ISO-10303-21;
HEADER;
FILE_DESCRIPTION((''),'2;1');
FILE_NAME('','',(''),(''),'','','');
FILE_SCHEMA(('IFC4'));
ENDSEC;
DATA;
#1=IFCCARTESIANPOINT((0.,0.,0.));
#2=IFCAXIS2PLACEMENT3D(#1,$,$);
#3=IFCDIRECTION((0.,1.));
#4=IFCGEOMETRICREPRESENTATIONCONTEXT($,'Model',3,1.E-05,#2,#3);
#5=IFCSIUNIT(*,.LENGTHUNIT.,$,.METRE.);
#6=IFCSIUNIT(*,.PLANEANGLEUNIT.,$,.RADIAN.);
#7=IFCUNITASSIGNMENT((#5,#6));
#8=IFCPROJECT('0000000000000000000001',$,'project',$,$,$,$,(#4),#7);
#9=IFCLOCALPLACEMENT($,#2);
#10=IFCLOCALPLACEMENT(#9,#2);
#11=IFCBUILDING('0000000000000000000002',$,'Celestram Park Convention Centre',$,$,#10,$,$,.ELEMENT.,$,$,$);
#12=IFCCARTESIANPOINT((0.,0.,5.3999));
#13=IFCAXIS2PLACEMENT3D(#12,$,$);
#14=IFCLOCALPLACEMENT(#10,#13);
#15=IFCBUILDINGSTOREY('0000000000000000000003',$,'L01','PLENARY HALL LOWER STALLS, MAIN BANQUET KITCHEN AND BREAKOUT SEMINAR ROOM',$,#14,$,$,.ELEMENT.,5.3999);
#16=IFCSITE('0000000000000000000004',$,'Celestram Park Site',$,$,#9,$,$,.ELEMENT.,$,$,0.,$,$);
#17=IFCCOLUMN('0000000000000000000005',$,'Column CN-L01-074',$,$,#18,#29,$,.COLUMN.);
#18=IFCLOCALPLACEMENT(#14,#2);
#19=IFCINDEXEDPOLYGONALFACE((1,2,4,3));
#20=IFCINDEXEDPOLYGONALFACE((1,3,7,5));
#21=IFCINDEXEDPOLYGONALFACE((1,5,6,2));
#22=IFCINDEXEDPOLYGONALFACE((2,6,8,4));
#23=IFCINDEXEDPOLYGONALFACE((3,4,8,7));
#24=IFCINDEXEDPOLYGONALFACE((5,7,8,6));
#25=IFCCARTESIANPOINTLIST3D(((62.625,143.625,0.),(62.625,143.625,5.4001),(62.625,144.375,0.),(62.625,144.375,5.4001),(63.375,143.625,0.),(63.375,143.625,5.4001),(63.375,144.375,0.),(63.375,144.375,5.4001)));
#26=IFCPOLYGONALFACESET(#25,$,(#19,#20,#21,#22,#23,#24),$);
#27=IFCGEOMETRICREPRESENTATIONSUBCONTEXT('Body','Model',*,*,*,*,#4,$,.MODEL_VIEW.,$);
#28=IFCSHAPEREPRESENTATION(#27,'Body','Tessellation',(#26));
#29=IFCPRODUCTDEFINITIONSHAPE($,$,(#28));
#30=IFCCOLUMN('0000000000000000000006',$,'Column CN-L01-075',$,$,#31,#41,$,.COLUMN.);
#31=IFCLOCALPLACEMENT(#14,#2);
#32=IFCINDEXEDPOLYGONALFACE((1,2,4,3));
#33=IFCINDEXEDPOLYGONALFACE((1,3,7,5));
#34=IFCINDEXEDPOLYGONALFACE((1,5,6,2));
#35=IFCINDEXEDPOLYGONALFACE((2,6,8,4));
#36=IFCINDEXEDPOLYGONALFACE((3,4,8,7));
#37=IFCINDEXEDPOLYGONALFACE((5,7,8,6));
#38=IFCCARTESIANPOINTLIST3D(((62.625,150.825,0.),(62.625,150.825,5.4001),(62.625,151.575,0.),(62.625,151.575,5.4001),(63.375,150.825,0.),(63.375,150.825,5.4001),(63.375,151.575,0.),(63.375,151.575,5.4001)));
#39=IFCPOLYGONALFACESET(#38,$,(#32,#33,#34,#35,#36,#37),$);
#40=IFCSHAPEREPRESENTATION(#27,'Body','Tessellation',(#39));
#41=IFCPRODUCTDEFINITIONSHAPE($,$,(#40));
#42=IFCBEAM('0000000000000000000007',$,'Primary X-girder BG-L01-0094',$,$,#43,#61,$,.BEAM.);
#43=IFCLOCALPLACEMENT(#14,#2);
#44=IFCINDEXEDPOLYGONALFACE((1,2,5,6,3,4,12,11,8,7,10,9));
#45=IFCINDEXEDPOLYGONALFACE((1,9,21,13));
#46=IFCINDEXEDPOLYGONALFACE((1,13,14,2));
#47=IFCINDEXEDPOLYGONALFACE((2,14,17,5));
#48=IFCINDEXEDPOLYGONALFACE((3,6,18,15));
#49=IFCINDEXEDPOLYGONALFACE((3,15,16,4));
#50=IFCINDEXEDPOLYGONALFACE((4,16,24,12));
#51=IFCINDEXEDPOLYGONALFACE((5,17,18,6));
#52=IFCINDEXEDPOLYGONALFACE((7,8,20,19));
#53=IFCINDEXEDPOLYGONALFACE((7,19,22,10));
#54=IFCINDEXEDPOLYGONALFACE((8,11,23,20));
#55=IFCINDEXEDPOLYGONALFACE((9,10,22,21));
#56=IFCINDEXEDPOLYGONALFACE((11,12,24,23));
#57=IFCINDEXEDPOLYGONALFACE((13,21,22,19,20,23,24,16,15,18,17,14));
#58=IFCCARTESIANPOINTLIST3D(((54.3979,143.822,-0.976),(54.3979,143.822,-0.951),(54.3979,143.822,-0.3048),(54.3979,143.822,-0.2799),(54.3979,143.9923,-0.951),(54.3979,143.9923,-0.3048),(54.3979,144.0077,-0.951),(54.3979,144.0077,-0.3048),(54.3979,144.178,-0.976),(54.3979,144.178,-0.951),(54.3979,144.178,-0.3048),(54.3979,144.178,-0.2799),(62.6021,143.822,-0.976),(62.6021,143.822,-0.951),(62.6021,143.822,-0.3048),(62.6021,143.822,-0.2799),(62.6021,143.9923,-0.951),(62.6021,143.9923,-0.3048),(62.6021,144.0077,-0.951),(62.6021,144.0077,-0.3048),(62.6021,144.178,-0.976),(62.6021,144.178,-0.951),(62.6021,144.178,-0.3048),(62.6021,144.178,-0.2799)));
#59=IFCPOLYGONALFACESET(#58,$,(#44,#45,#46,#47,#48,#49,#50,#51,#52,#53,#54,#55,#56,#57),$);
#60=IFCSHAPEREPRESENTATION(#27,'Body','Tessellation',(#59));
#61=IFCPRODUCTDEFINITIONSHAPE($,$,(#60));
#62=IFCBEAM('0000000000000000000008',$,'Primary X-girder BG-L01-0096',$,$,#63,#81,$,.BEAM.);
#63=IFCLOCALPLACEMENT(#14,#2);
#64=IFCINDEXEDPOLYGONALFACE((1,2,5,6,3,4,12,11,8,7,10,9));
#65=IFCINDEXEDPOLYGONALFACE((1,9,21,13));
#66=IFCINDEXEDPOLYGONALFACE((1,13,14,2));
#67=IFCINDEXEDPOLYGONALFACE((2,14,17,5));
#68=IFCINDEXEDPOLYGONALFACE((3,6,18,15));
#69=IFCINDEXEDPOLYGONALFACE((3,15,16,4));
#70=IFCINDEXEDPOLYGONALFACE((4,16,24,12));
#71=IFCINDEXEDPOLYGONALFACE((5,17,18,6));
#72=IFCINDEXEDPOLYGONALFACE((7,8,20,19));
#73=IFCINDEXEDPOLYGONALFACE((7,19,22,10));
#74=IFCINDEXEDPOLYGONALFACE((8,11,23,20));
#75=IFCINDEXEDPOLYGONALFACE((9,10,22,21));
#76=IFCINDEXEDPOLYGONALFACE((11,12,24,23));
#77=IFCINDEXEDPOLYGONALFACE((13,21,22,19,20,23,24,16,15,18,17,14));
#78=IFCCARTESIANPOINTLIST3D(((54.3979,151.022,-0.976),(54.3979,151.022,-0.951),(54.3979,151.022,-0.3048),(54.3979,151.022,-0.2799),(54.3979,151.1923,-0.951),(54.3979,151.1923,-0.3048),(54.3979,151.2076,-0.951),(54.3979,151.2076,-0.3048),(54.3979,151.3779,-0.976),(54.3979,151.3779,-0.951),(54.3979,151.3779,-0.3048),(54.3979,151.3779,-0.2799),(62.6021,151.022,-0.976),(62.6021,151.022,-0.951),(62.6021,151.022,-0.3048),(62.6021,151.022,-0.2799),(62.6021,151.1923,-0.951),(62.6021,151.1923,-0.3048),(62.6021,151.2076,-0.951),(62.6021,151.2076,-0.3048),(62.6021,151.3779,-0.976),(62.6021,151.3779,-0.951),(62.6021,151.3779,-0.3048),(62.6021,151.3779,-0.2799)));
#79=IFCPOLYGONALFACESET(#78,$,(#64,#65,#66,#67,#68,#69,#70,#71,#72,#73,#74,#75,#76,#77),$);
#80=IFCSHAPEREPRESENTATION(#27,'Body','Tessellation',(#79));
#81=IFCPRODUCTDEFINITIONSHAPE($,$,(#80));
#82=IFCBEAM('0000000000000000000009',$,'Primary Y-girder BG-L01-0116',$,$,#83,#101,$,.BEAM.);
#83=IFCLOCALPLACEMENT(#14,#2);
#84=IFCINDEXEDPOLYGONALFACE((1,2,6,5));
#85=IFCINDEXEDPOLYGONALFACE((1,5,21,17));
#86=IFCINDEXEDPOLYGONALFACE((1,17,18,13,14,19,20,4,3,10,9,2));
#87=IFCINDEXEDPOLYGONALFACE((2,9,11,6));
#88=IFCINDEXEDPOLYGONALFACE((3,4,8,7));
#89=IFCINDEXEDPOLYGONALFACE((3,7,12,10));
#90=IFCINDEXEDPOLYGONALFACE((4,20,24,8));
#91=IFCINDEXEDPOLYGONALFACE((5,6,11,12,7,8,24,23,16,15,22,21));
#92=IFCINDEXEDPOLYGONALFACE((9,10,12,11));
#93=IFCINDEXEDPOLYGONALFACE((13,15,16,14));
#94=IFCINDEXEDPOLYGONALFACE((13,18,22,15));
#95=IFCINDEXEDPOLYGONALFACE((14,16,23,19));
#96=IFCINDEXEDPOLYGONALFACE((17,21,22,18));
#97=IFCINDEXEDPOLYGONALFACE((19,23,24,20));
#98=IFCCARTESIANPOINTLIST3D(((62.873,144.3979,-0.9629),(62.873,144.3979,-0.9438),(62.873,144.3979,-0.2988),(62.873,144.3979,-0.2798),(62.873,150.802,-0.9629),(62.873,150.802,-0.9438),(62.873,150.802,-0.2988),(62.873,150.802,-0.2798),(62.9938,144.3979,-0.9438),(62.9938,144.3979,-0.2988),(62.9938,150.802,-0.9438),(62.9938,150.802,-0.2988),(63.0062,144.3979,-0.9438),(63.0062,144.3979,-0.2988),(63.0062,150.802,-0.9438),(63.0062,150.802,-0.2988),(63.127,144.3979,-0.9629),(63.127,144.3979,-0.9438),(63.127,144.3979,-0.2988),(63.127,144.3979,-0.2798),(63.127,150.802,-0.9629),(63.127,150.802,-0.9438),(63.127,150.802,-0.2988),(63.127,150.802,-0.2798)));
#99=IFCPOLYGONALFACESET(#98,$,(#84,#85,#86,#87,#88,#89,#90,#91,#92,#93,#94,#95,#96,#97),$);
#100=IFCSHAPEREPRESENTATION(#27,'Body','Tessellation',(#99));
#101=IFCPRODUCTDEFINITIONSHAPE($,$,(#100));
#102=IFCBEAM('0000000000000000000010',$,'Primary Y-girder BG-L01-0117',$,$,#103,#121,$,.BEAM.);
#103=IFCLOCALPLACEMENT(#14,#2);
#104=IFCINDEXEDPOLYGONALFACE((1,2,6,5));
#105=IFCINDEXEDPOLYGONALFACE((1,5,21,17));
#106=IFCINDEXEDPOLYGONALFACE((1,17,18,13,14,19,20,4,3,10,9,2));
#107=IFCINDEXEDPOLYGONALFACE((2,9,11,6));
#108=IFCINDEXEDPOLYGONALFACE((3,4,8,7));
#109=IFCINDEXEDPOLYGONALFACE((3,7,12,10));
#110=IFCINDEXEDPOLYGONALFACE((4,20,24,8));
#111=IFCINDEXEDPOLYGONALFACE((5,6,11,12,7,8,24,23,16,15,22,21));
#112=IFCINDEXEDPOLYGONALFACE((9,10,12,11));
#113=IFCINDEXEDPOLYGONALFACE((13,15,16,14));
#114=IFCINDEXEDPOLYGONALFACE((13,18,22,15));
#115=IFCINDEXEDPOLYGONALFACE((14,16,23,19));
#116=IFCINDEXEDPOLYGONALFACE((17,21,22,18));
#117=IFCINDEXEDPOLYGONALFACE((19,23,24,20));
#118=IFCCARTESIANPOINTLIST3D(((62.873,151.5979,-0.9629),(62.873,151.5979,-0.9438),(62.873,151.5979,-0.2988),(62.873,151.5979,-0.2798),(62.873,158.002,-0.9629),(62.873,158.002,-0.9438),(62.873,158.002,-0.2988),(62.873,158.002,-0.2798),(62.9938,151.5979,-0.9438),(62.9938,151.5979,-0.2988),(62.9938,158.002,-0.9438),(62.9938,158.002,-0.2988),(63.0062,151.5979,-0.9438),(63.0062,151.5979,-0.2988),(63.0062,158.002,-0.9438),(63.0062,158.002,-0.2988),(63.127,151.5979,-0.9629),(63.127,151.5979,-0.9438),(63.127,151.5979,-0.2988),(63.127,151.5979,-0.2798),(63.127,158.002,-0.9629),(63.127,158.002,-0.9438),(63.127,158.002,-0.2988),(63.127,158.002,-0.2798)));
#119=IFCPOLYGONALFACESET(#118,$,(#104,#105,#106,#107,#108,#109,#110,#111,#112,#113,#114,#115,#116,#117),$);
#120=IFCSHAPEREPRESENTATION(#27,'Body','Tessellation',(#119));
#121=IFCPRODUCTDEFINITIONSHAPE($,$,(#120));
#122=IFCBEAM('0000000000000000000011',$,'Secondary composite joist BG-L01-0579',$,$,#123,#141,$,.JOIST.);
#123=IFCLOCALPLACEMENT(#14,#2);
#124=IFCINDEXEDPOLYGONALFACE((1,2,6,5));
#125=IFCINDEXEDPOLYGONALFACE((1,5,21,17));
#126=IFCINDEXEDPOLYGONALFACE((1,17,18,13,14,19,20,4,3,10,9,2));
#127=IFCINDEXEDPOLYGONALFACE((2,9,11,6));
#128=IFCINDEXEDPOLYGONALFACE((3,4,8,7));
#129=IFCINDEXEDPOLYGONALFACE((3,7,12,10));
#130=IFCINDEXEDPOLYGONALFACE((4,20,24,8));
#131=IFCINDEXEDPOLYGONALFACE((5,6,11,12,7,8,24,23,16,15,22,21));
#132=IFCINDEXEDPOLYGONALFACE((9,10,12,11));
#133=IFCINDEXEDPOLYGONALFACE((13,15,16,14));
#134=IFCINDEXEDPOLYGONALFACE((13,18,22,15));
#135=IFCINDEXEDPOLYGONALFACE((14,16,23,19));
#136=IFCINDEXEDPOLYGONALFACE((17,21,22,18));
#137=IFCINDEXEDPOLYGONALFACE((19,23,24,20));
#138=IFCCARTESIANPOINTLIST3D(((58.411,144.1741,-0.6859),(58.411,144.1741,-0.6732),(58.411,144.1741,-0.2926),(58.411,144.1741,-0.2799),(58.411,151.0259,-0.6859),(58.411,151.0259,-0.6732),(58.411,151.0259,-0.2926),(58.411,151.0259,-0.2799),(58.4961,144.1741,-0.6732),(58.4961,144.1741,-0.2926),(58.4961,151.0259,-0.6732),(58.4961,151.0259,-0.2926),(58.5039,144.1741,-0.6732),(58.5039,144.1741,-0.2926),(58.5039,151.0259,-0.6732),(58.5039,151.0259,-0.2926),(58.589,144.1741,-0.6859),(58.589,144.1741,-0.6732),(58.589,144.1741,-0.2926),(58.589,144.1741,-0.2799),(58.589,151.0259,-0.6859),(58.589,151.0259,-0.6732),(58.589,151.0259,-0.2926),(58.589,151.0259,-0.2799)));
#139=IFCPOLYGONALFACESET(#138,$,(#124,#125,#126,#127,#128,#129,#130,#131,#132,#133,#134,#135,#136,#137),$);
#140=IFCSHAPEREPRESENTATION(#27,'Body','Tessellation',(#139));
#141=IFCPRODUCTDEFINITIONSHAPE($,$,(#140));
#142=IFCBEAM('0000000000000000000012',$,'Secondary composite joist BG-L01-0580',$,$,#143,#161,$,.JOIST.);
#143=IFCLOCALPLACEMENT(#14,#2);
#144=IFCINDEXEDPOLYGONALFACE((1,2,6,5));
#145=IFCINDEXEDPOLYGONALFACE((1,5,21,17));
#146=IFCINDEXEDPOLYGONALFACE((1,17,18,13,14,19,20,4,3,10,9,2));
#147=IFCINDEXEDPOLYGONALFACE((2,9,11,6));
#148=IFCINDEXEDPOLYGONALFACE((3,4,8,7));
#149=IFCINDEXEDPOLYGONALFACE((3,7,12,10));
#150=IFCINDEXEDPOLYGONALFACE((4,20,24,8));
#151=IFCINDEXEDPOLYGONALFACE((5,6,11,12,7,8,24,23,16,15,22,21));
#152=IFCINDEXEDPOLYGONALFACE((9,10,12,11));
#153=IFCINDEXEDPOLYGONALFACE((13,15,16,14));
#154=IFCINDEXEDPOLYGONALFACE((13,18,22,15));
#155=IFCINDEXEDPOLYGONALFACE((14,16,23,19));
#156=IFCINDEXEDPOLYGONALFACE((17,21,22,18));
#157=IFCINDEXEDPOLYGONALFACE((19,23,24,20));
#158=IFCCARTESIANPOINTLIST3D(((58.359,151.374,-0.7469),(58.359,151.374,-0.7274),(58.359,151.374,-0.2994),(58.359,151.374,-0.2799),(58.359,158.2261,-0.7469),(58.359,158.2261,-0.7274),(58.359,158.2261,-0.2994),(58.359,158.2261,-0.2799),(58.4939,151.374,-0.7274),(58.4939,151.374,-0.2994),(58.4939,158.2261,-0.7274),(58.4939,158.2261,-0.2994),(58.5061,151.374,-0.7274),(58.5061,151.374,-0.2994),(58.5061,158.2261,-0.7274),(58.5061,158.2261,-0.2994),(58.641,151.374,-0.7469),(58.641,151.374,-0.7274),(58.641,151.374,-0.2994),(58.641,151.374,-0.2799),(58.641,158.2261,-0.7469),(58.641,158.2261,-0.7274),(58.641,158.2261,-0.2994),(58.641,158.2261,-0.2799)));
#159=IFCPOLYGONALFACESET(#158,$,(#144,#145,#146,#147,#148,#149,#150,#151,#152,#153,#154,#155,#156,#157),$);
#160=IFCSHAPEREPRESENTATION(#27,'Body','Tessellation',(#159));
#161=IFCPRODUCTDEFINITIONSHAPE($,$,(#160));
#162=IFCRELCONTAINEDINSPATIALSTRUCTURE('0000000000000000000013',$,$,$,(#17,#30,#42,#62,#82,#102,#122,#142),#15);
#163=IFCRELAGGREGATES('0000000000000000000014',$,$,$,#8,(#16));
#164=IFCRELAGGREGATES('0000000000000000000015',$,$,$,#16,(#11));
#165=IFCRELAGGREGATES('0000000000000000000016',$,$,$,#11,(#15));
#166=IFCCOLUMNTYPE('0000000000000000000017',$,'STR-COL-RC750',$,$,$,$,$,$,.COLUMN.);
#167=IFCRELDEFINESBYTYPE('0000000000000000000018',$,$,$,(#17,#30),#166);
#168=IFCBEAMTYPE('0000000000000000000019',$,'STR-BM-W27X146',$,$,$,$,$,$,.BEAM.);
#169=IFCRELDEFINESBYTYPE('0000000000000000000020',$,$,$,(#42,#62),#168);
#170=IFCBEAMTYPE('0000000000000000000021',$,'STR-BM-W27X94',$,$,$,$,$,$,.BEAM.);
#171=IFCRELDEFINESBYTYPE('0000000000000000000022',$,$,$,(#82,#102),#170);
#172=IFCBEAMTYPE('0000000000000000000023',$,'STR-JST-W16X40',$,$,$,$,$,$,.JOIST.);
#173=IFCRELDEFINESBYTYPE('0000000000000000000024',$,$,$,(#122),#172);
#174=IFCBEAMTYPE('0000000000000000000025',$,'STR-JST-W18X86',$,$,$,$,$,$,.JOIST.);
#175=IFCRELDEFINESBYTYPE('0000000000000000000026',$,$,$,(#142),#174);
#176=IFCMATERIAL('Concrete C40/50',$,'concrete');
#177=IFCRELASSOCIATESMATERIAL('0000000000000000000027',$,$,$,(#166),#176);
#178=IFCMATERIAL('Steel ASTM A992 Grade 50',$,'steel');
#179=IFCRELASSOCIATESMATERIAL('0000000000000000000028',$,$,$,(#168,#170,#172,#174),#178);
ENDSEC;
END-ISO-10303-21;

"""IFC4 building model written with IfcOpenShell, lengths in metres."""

from ifc_helpers import new_model, si_unit, direction, frame, origin, origin_2d, place, context, subcontext, project, spatial, rectangle, i_section, extrude, material, material_profile, profile_set, type_object, element, save


model = new_model("IFC4")

# Units and contexts
model_context = context("Model", 3, precision=1e-05, world=origin(), true_north=direction((0.0, 1.0)))
body_context = subcontext(model_context, "Body", "Model", "MODEL_VIEW")
ifc_project = project(units=[si_unit("LENGTHUNIT", "METRE"), si_unit("PLANEANGLEUNIT", "RADIAN")], contexts=[model_context])

# Site, building, storey
site_placement = place(None, origin())
site = spatial("IfcSite", under=ifc_project, at=site_placement, Name="Celestram Park Site", CompositionType="ELEMENT", RefElevation=0.0)
building_placement = place(site_placement, origin())
building = spatial("IfcBuilding", under=site, at=building_placement, Name="Celestram Park Convention Centre", CompositionType="ELEMENT")
storey_placement = place(building_placement, frame((0.0, 0.0, 5.3999)))
storey = spatial("IfcBuildingStorey", under=building, at=storey_placement, Name="L01", Description="PLENARY HALL LOWER STALLS, MAIN BANQUET KITCHEN AND BREAKOUT SEMINAR ROOM", CompositionType="ELEMENT", Elevation=5.3999)

# Columns
ifc_material_1 = material(Name="Concrete C40/50", Category="concrete")
ifc_material_profile_1 = material_profile(ifc_material_1, rectangle(XDim=0.75, YDim=0.75, at=origin_2d()), Name="RC750X750")
ifc_profile_set_1 = profile_set([ifc_material_profile_1], Name="Concrete C40/50")
column_type = type_object("IfcColumnType", Name="STR-COL-RC750", PredefinedType="COLUMN", material=ifc_profile_set_1)
for number, where, z_axis, x_axis, name in (
    (1, (63.0, 144.0, 0.0), (0.0, 0.0, 1.0), (1.0, 0.0, 0.0), "Column CN-L01-074"),
    (2, (63.0, 151.2, 0.0), (0.0, 0.0, 1.0), (1.0, 0.0, 0.0), "Column CN-L01-075"),
):
    element("IfcColumn", number, at=place(storey_placement, frame(where, z_axis=z_axis, x_axis=x_axis)), inside=storey, type_object=column_type, Name=name, PredefinedType="COLUMN", context=body_context, shape_type="SweptSolid", body=[
        extrude(rectangle(XDim=0.75, YDim=0.75, at=origin_2d()), origin(), (0.0, 0.0, 1.0), 5.4001),
    ])

# Beams
ifc_material_2 = material(Name="Steel ASTM A992 Grade 50", Category="steel")
ifc_material_profile_2 = material_profile(ifc_material_2, i_section(OverallWidth=0.356, OverallDepth=0.696, WebThickness=0.0154, FlangeThickness=0.0249, at=origin_2d()), Name="W27X146")
ifc_profile_set_2 = profile_set([ifc_material_profile_2], Name="Steel ASTM A992 Grade 50")
beam_type_1 = type_object("IfcBeamType", Name="STR-BM-W27X146", PredefinedType="BEAM", material=ifc_profile_set_2)
for number, where, z_axis, x_axis, name in (
    (3, (54.3979, 144.0, -0.6279), (1.0, 0.0, 0.0), (0.0, 1.0, 0.0), "Primary X-girder BG-L01-0094"),
    (4, (54.3979, 151.2, -0.6279), (1.0, 0.0, 0.0), (0.0, 1.0, 0.0), "Primary X-girder BG-L01-0096"),
):
    element("IfcBeam", number, at=place(storey_placement, frame(where, z_axis=z_axis, x_axis=x_axis)), inside=storey, type_object=beam_type_1, Name=name, PredefinedType="BEAM", context=body_context, shape_type="SweptSolid", body=[
        extrude(i_section(OverallWidth=0.356, OverallDepth=0.696, WebThickness=0.0154, FlangeThickness=0.0249, at=origin_2d()), origin(), (0.0, 0.0, 1.0), 8.2041),
    ])
ifc_material_profile_3 = material_profile(ifc_material_2, i_section(OverallWidth=0.2539, OverallDepth=0.6831, WebThickness=0.0125, FlangeThickness=0.019, at=origin_2d()), Name="W27X94")
ifc_profile_set_3 = profile_set([ifc_material_profile_3], Name="Steel ASTM A992 Grade 50")
beam_type_2 = type_object("IfcBeamType", Name="STR-BM-W27X94", PredefinedType="BEAM", material=ifc_profile_set_3)
for number, where, z_axis, x_axis, name in (
    (5, (63.0, 144.3979, -0.6213), (0.0, 1.0, 0.0), (-1.0, 0.0, 0.0), "Primary Y-girder BG-L01-0116"),
    (6, (63.0, 151.5979, -0.6213), (0.0, 1.0, 0.0), (-1.0, 0.0, 0.0), "Primary Y-girder BG-L01-0117"),
):
    element("IfcBeam", number, at=place(storey_placement, frame(where, z_axis=z_axis, x_axis=x_axis)), inside=storey, type_object=beam_type_2, Name=name, PredefinedType="BEAM", context=body_context, shape_type="SweptSolid", body=[
        extrude(i_section(OverallWidth=0.2539, OverallDepth=0.6831, WebThickness=0.0125, FlangeThickness=0.019, at=origin_2d()), origin(), (0.0, 0.0, 1.0), 6.4041),
    ])
ifc_material_profile_4 = material_profile(ifc_material_2, i_section(OverallWidth=0.178, OverallDepth=0.406, WebThickness=0.0078, FlangeThickness=0.0127, at=origin_2d()), Name="W16X40")
ifc_profile_set_4 = profile_set([ifc_material_profile_4], Name="Steel ASTM A992 Grade 50")
beam_type_3 = type_object("IfcBeamType", Name="STR-JST-W16X40", PredefinedType="JOIST", material=ifc_profile_set_4)
beam_1_placement = place(storey_placement, frame((58.5, 144.1741, -0.4829), z_axis=(0.0, 1.0, 0.0), x_axis=(-1.0, 0.0, 0.0)))
element("IfcBeam", 7, at=beam_1_placement, inside=storey, type_object=beam_type_3, Name="Secondary composite joist BG-L01-0579", PredefinedType="JOIST", context=body_context, shape_type="SweptSolid", body=[
    extrude(i_section(OverallWidth=0.178, OverallDepth=0.406, WebThickness=0.0078, FlangeThickness=0.0127, at=origin_2d()), origin(), (0.0, 0.0, 1.0), 6.8518),
])
ifc_material_profile_5 = material_profile(ifc_material_2, i_section(OverallWidth=0.282, OverallDepth=0.467, WebThickness=0.0122, FlangeThickness=0.0195, at=origin_2d()), Name="W18X86")
ifc_profile_set_5 = profile_set([ifc_material_profile_5], Name="Steel ASTM A992 Grade 50")
beam_type_4 = type_object("IfcBeamType", Name="STR-JST-W18X86", PredefinedType="JOIST", material=ifc_profile_set_5)
beam_2_placement = place(storey_placement, frame((58.5, 151.374, -0.5134), z_axis=(0.0, 1.0, 0.0), x_axis=(-1.0, 0.0, 0.0)))
element("IfcBeam", 8, at=beam_2_placement, inside=storey, type_object=beam_type_4, Name="Secondary composite joist BG-L01-0580", PredefinedType="JOIST", context=body_context, shape_type="SweptSolid", body=[
    extrude(i_section(OverallWidth=0.282, OverallDepth=0.467, WebThickness=0.0122, FlangeThickness=0.0195, at=origin_2d()), origin(), (0.0, 0.0, 1.0), 6.8521),
])

save(model, "model.ifc")
